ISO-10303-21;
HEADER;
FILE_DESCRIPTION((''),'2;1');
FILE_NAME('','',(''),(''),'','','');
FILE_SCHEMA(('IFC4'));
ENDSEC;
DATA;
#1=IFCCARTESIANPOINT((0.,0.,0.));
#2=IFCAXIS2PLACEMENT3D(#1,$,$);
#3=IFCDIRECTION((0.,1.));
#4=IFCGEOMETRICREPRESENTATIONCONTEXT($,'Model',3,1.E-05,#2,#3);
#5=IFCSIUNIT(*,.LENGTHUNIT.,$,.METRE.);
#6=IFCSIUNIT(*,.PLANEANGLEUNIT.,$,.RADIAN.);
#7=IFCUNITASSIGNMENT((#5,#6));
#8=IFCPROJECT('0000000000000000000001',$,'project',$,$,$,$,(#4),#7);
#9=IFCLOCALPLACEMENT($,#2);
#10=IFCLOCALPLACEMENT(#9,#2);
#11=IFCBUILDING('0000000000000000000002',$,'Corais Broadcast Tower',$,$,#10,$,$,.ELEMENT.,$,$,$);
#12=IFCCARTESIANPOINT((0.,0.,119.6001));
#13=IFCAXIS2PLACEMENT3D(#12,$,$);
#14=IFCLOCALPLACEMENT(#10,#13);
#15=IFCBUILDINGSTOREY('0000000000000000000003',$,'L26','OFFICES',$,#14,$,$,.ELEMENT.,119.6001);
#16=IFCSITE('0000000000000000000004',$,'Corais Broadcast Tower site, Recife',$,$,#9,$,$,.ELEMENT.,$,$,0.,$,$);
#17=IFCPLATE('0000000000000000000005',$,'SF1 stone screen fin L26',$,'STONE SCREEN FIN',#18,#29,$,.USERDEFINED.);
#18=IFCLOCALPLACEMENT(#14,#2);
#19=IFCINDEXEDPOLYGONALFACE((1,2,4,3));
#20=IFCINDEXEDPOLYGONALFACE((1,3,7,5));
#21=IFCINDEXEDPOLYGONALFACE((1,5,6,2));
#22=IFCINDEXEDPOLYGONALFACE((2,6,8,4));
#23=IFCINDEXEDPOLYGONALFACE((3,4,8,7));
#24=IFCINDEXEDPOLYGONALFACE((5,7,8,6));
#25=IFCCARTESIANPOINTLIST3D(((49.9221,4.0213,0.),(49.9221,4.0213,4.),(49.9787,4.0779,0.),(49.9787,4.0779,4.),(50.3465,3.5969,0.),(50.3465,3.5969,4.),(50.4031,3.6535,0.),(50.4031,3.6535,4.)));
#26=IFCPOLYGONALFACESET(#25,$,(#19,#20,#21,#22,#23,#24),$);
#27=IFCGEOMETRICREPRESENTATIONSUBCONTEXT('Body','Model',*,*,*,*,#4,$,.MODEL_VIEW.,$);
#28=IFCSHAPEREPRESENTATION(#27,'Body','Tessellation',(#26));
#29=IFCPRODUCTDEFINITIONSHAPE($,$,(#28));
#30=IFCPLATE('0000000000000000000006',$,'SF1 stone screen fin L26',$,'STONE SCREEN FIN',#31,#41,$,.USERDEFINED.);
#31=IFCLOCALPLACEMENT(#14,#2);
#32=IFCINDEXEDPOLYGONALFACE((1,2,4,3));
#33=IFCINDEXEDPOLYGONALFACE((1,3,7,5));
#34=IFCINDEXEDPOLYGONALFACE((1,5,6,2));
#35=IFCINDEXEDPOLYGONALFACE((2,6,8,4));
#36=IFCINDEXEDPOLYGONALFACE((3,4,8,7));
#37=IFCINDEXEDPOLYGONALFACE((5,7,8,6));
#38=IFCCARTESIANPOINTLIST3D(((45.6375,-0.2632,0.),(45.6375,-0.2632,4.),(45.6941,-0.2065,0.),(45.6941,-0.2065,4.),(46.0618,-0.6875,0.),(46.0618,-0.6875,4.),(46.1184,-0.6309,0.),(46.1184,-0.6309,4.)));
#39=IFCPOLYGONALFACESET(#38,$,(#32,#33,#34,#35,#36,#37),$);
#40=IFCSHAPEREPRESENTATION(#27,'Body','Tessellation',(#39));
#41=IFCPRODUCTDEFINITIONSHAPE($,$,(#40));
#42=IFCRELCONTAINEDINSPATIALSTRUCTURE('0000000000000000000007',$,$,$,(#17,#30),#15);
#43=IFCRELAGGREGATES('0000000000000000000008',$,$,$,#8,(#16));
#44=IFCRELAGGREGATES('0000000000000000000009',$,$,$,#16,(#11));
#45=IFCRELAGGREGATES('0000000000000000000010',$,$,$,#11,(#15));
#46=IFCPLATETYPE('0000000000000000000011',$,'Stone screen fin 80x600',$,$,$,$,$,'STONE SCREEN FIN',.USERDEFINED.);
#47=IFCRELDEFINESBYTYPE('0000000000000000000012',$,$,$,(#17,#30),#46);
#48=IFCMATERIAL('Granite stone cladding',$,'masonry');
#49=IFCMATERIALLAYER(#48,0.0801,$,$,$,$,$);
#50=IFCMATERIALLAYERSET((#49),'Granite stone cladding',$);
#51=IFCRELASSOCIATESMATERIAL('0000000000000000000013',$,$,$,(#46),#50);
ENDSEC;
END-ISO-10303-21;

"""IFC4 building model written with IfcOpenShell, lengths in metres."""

from ifc_helpers import new_model, si_unit, direction, frame, origin, origin_2d, place, context, subcontext, project, spatial, rectangle, extrude, material, layer, layer_set, type_object, element, save


model = new_model("IFC4")

# Units and contexts
model_context = context("Model", 3, precision=1e-05, world=origin(), true_north=direction((0.0, 1.0)))
body_context = subcontext(model_context, "Body", "Model", "MODEL_VIEW")
ifc_project = project(units=[si_unit("LENGTHUNIT", "METRE"), si_unit("PLANEANGLEUNIT", "RADIAN")], contexts=[model_context])

# Site, building, storey
site_placement = place(None, origin())
site = spatial("IfcSite", under=ifc_project, at=site_placement, Name="Corais Broadcast Tower site, Recife", CompositionType="ELEMENT", RefElevation=0.0)
building_placement = place(site_placement, origin())
building = spatial("IfcBuilding", under=site, at=building_placement, Name="Corais Broadcast Tower", CompositionType="ELEMENT")
storey_placement = place(building_placement, frame((0.0, 0.0, 119.6001)))
storey = spatial("IfcBuildingStorey", under=building, at=storey_placement, Name="L26", Description="OFFICES", CompositionType="ELEMENT", Elevation=119.6001)

# Plates
ifc_material_1 = material(Name="Granite stone cladding", Category="masonry")
ifc_layer_1 = layer(ifc_material_1, 0.0801)
ifc_layer_set_1 = layer_set([ifc_layer_1], Name="Granite stone cladding")
plate_type_1 = type_object("IfcPlateType", Name="Stone screen fin 80x600", ElementType="STONE SCREEN FIN", PredefinedType="USERDEFINED", material=ifc_layer_set_1)
for number, where, z_axis, x_axis, name in (
    (1, (50.1626, 3.8374, 0.0), (0.0, 0.0, 1.0), (-0.707107, -0.707107, 0.0), "SF1 stone screen fin L26"),
    (2, (45.8779, -0.447, 0.0), (0.0, 0.0, 1.0), (-0.707107, -0.707107, 0.0), "SF1 stone screen fin L26"),
):
    element("IfcPlate", number, at=place(storey_placement, frame(where, z_axis=z_axis, x_axis=x_axis)), inside=storey, type_object=plate_type_1, Name=name, ObjectType="STONE SCREEN FIN", PredefinedType="USERDEFINED", context=body_context, shape_type="SweptSolid", body=[
        extrude(rectangle(XDim=0.0801, YDim=0.6001, at=origin_2d()), origin(), (0.0, 0.0, 1.0), 4.0),
    ])

save(model, "model.ifc")
